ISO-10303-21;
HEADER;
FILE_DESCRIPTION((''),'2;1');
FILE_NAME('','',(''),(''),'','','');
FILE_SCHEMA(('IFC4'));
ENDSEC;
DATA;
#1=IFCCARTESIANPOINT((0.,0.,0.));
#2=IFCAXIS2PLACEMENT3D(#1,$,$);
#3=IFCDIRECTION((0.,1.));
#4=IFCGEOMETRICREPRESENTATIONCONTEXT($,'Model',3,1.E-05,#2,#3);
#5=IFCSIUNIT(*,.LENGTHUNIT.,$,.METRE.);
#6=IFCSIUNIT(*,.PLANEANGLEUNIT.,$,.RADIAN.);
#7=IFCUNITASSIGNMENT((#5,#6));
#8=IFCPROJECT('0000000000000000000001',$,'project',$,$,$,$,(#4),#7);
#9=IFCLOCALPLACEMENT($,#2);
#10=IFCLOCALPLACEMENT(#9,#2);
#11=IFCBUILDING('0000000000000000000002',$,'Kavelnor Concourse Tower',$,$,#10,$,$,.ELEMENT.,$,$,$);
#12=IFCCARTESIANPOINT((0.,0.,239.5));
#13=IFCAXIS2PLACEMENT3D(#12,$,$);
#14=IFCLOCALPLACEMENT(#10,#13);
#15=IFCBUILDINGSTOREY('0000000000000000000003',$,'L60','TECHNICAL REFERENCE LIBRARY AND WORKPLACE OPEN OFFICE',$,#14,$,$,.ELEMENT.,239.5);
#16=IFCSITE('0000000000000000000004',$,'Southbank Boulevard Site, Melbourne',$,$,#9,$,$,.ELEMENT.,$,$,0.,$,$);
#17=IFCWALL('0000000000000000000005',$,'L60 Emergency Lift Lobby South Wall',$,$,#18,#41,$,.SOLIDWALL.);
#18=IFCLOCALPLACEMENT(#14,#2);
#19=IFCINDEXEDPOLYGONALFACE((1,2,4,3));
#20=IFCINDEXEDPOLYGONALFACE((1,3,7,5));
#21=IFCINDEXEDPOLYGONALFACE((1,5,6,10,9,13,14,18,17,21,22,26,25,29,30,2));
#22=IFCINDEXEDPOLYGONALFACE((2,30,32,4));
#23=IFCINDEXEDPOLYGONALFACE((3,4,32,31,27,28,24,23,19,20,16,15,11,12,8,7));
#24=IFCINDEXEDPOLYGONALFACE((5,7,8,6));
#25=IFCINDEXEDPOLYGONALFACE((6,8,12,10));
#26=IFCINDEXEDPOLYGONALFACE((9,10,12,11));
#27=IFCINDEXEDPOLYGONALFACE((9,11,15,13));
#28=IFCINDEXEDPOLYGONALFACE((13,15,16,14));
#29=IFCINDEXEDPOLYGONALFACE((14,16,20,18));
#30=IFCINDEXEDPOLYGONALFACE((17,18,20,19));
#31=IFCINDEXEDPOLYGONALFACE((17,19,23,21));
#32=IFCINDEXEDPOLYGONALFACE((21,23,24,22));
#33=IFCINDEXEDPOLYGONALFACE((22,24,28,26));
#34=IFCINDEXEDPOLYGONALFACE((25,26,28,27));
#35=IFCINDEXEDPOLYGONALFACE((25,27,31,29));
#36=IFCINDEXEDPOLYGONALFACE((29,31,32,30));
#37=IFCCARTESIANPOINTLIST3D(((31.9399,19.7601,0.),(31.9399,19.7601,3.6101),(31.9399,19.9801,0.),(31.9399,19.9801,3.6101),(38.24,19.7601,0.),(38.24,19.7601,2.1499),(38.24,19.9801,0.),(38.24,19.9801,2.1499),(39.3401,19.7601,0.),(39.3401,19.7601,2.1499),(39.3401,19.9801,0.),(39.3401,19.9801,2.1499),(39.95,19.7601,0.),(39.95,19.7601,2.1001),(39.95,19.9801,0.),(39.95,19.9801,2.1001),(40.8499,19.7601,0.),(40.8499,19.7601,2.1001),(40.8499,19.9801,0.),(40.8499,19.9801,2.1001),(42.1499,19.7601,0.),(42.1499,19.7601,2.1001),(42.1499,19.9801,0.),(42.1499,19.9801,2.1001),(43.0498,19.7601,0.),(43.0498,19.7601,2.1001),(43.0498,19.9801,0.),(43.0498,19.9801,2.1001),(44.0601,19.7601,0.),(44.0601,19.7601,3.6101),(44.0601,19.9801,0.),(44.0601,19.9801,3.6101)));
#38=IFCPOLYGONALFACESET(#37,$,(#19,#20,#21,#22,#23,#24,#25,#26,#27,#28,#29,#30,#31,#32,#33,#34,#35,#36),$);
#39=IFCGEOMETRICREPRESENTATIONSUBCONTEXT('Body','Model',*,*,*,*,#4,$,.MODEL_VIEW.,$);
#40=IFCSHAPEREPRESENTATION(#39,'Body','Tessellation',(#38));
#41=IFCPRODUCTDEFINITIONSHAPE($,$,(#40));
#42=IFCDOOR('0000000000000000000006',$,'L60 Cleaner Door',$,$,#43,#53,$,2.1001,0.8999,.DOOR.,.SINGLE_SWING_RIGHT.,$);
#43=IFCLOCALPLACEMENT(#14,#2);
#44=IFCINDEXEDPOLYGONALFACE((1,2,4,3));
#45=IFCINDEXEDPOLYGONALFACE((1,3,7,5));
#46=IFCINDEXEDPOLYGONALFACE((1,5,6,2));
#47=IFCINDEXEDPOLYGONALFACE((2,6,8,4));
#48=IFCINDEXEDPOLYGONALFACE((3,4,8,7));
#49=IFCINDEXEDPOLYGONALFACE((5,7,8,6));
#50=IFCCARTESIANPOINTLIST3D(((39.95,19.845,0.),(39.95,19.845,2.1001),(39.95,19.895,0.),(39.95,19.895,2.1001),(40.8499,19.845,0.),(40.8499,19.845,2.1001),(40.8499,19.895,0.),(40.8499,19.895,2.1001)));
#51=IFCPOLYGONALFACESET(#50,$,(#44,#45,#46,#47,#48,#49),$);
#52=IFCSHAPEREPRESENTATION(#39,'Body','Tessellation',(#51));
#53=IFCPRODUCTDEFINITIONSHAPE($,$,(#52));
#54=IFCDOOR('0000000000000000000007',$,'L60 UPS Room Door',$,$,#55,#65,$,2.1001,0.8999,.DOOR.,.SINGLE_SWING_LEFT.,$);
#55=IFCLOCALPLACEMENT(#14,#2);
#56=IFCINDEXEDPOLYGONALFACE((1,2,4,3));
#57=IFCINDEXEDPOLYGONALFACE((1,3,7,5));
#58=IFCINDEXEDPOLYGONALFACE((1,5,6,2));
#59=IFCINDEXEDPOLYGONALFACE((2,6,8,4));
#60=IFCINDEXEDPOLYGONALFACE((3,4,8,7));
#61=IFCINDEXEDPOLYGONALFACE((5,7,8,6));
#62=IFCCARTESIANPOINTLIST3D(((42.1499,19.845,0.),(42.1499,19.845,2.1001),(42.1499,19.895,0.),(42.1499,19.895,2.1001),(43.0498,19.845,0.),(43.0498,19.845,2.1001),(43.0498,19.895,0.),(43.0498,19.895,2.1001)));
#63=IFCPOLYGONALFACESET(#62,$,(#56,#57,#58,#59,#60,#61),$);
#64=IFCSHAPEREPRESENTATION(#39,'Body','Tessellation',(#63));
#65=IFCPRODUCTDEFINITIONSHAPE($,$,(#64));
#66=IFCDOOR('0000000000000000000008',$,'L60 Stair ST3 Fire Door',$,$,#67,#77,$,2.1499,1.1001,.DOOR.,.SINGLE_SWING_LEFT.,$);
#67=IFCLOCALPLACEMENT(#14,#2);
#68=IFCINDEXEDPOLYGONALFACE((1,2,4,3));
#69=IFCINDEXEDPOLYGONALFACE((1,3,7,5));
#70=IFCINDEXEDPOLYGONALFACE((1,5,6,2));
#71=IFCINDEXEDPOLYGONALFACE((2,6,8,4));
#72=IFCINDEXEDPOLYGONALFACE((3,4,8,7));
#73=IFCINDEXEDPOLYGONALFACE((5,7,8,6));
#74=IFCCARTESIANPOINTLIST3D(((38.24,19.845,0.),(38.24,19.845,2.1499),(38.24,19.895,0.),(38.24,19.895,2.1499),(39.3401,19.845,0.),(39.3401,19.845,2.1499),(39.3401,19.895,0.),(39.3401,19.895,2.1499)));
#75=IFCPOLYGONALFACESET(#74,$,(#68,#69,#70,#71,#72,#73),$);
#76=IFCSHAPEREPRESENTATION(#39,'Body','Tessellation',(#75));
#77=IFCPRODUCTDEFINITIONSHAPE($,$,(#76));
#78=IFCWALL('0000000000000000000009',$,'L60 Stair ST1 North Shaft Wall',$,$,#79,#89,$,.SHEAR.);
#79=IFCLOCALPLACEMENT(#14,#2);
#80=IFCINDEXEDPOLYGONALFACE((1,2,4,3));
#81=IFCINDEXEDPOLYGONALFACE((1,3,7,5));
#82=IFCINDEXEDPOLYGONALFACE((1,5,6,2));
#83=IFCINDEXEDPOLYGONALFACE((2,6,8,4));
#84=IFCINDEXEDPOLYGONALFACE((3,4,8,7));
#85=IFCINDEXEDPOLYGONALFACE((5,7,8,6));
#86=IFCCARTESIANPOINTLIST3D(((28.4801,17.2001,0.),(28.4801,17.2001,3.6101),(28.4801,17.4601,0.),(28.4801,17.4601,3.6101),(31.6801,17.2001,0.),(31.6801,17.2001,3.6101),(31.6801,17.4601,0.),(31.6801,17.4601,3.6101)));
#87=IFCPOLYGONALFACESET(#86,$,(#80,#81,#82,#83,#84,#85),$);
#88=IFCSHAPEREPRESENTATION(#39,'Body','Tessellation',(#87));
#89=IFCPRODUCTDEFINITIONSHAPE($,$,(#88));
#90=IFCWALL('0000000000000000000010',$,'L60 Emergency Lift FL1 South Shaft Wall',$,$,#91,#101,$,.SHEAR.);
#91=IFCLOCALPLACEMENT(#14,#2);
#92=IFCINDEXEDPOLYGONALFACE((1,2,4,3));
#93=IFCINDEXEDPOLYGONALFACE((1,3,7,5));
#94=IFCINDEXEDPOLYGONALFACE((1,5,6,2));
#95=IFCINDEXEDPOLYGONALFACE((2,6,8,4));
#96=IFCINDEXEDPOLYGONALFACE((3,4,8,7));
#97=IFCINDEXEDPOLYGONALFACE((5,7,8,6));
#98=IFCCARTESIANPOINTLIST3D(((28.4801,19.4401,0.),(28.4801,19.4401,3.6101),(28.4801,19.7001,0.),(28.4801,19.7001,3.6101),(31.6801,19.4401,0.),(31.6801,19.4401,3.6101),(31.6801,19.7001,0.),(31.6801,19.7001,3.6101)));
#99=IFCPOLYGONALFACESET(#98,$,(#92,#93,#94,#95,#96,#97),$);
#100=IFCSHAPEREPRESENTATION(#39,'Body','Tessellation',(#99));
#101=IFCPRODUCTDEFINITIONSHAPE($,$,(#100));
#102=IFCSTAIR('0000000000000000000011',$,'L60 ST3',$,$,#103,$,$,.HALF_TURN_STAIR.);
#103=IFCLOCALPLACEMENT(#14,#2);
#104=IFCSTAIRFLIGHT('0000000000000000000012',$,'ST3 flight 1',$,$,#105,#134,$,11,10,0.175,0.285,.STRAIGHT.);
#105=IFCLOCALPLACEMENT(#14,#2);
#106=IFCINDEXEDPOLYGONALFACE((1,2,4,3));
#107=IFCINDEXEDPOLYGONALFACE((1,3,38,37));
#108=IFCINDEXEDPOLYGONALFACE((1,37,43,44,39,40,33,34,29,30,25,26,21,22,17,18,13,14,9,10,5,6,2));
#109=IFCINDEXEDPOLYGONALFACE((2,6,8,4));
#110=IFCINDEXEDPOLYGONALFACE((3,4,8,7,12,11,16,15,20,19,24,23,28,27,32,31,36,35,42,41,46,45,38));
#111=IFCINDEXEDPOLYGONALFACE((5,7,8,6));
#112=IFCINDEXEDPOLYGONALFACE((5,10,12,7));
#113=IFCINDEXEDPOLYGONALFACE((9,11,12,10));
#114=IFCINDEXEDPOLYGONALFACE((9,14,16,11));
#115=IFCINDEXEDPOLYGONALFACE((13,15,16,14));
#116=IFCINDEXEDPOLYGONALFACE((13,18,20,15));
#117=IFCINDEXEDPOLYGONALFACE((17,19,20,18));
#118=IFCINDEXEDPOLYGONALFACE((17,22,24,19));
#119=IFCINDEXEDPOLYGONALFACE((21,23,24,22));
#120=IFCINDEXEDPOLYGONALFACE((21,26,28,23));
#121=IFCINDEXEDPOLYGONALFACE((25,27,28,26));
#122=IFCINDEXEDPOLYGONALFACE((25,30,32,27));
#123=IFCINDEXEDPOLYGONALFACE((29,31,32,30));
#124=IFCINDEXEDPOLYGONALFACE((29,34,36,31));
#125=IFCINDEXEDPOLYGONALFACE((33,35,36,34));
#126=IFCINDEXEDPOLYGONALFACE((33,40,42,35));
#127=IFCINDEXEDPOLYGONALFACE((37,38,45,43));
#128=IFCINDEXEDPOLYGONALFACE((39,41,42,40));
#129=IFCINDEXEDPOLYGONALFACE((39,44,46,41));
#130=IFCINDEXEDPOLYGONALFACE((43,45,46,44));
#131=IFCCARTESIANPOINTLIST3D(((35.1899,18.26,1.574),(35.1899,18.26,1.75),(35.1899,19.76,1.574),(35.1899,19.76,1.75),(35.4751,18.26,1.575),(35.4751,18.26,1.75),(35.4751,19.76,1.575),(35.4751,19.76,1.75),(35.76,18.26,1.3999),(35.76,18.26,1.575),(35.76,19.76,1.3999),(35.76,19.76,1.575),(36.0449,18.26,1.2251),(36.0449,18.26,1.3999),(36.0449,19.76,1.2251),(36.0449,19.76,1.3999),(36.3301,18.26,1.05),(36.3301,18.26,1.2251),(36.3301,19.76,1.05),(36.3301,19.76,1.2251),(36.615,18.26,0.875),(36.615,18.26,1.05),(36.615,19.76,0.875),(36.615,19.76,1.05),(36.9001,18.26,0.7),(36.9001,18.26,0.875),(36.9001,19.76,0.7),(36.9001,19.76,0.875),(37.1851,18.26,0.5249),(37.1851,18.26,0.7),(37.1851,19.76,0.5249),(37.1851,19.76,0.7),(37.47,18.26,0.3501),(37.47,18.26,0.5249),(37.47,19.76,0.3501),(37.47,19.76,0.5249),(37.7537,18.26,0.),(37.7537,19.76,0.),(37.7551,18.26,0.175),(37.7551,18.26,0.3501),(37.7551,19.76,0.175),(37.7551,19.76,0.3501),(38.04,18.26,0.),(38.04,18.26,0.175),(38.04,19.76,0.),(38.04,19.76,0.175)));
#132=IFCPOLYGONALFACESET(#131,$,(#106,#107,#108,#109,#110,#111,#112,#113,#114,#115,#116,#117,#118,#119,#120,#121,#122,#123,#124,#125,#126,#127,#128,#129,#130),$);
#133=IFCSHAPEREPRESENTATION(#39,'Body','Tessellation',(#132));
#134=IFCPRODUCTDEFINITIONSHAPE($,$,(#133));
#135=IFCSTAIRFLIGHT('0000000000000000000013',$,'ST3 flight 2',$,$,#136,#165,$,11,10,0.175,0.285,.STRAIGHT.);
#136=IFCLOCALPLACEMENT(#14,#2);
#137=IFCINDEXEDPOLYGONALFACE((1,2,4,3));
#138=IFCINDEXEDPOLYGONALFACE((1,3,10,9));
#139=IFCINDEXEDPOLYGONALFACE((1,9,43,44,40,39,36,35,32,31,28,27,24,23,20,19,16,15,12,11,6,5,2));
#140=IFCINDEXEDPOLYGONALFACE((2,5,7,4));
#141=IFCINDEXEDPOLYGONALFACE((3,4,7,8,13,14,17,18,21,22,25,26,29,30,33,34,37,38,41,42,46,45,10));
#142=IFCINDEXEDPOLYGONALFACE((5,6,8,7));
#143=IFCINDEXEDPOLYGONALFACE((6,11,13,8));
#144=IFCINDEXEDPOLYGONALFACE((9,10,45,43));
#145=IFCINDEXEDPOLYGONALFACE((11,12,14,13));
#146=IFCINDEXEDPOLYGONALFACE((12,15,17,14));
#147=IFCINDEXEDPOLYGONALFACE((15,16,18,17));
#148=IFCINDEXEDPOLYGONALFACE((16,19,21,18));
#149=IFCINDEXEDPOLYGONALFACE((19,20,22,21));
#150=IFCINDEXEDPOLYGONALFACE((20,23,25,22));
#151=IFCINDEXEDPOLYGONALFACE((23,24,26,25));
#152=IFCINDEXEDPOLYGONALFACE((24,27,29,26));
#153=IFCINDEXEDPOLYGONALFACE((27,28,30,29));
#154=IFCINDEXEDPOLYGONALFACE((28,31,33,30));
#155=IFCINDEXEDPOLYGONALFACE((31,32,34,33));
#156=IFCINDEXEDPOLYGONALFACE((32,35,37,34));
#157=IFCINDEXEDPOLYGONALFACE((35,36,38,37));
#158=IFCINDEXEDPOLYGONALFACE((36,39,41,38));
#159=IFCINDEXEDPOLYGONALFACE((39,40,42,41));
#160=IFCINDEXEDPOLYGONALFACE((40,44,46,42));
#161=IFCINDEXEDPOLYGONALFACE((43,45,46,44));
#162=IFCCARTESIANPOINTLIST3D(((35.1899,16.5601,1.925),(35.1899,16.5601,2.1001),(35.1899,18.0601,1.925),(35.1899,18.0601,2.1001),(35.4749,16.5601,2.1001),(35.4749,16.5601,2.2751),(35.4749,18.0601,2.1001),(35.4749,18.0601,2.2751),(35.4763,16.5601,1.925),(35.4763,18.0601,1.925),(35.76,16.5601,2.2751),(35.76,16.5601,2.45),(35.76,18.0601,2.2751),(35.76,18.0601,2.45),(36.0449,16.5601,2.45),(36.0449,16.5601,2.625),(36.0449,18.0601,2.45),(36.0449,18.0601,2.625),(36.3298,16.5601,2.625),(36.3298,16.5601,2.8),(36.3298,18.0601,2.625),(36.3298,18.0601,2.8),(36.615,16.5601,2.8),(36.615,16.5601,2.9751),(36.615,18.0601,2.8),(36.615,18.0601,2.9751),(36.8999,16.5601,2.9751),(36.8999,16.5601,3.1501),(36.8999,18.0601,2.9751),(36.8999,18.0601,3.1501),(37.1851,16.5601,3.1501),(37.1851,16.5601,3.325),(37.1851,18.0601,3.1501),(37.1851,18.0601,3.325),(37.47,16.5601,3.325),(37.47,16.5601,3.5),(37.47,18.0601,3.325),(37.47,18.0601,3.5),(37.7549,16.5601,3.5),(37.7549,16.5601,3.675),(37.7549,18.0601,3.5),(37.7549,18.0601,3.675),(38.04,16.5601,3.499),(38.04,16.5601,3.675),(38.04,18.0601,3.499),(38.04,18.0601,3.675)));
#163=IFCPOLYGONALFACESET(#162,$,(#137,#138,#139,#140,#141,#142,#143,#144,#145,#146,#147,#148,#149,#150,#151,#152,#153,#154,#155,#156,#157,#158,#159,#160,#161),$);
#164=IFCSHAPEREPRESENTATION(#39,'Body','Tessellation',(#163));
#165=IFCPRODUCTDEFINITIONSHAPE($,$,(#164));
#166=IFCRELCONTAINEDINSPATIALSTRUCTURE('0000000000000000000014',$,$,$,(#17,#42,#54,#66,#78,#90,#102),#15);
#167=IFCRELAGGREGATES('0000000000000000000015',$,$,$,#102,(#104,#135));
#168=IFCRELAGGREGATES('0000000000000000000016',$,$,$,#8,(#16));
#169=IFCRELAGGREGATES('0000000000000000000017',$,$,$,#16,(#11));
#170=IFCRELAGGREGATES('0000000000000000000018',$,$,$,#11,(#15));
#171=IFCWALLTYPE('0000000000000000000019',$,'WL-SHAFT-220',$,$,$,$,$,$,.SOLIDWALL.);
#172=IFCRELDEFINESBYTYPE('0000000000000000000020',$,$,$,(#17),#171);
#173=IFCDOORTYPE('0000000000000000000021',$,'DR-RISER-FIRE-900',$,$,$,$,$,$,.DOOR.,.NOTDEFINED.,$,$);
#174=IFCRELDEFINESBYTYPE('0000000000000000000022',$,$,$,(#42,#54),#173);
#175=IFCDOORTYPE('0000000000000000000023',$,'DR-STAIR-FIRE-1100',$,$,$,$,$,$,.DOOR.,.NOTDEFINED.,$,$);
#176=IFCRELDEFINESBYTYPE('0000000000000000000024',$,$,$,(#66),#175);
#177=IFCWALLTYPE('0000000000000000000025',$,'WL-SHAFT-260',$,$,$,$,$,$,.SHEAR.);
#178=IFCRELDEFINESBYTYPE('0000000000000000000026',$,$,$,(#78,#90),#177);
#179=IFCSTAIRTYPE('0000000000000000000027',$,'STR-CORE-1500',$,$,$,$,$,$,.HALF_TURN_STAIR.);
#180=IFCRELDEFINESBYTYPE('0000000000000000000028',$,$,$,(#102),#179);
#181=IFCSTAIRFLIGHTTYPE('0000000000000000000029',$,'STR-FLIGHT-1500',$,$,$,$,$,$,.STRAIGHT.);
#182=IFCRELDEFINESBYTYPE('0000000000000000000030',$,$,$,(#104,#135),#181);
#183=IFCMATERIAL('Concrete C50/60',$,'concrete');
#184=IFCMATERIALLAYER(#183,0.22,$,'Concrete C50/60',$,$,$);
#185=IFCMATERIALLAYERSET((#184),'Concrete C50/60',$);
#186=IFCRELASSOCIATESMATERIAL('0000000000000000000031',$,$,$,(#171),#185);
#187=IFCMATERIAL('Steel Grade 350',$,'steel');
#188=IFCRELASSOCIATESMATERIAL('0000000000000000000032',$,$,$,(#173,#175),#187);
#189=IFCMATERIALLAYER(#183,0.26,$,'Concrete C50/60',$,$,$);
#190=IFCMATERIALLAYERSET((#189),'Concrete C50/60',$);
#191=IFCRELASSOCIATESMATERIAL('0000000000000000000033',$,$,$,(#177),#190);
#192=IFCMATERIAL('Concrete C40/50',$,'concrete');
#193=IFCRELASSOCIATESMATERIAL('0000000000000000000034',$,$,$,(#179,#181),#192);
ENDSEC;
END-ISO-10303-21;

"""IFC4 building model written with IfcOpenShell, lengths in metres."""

from ifc_helpers import new_model, si_unit, direction, frame, frame_2d, origin, place, context, subcontext, project, spatial, polyline, rectangle, outline, extrude, material, layer, layer_set, type_object, element, fill, aggregate, save


model = new_model("IFC4")

# Units and contexts
model_context = context("Model", 3, precision=1e-05, world=origin(), true_north=direction((0.0, 1.0)))
body_context = subcontext(model_context, "Body", "Model", "MODEL_VIEW")
ifc_project = project(units=[si_unit("LENGTHUNIT", "METRE"), si_unit("PLANEANGLEUNIT", "RADIAN")], contexts=[model_context])

# Site, building, storey
site_placement = place(None, origin())
site = spatial("IfcSite", under=ifc_project, at=site_placement, Name="Southbank Boulevard Site, Melbourne", CompositionType="ELEMENT", RefElevation=0.0)
building_placement = place(site_placement, origin())
building = spatial("IfcBuilding", under=site, at=building_placement, Name="Kavelnor Concourse Tower", CompositionType="ELEMENT")
storey_placement = place(building_placement, frame((0.0, 0.0, 239.5)))
storey = spatial("IfcBuildingStorey", under=building, at=storey_placement, Name="L60", Description="TECHNICAL REFERENCE LIBRARY AND WORKPLACE OPEN OFFICE", CompositionType="ELEMENT", Elevation=239.5)

# Shared definitions
ifc_material_1 = material(Name="Steel Grade 350", Category="steel")

# Shared definitions
ifc_material_2 = material(Name="Concrete C50/60", Category="concrete")

# Wall, openings, doors
ifc_layer_1 = layer(ifc_material_2, 0.22, Name="Concrete C50/60")
ifc_layer_set_1 = layer_set([ifc_layer_1], Name="Concrete C50/60")
wall_type_1 = type_object("IfcWallType", Name="WL-SHAFT-220", PredefinedType="SOLIDWALL", material=ifc_layer_set_1)
wall_1_placement = place(storey_placement, frame((31.9399, 19.8701, 0.0), z_axis=(0.0, 0.0, 1.0), x_axis=(1.0, 0.0, 0.0)))
wall_1 = element("IfcWall", 1, at=wall_1_placement, inside=storey, type_object=wall_type_1, Name="L60 Emergency Lift Lobby South Wall", PredefinedType="SOLIDWALL", context=body_context, shape_type="SweptSolid", body=[
    extrude(rectangle(XDim=12.1201, YDim=0.22, at=frame_2d((6.0601, 0.0))), origin(), (0.0, 0.0, 1.0), 3.6101),
])
opening_1_placement = place(wall_1_placement, frame((6.3, 0.0, 0.0)))
opening_1 = element("IfcOpeningElement", 2, at=opening_1_placement, cuts=wall_1, PredefinedType="OPENING", context=body_context, shape_type="SweptSolid", body=[
    extrude(rectangle(XDim=1.1001, YDim=2.1499, at=frame_2d((0.55, 1.075))), frame((0.0, 0.1201, 0.0), z_axis=(0.0, -1.0, 0.0), x_axis=(1.0, 0.0, 0.0)), (0.0, 0.0, 1.0), 0.24),
])
opening_2_placement = place(wall_1_placement, frame((8.01, 0.0, 0.0)))
opening_2 = element("IfcOpeningElement", 3, at=opening_2_placement, cuts=wall_1, PredefinedType="OPENING", context=body_context, shape_type="SweptSolid", body=[
    extrude(rectangle(XDim=0.8999, YDim=2.1001, at=frame_2d((0.45, 1.05))), frame((0.0, 0.1201, 0.0), z_axis=(0.0, -1.0, 0.0), x_axis=(1.0, 0.0, 0.0)), (0.0, 0.0, 1.0), 0.24),
])
opening_3_placement = place(wall_1_placement, frame((10.21, 0.0, 0.0)))
opening_3 = element("IfcOpeningElement", 4, at=opening_3_placement, cuts=wall_1, PredefinedType="OPENING", context=body_context, shape_type="SweptSolid", body=[
    extrude(rectangle(XDim=0.8999, YDim=2.1001, at=frame_2d((0.45, 1.05))), frame((0.0, 0.1201, 0.0), z_axis=(0.0, -1.0, 0.0), x_axis=(1.0, 0.0, 0.0)), (0.0, 0.0, 1.0), 0.24),
])
door_type_1 = type_object("IfcDoorType", Name="DR-RISER-FIRE-900", OperationType="NOTDEFINED", PredefinedType="DOOR", material=ifc_material_1)
door_1_placement = place(opening_2_placement, origin())
door_1 = element("IfcDoor", 5, at=door_1_placement, inside=storey, type_object=door_type_1, Name="L60 Cleaner Door", OperationType="SINGLE_SWING_RIGHT", OverallHeight=2.1001, OverallWidth=0.8999, PredefinedType="DOOR", context=body_context, shape_type="SweptSolid", body=[
    extrude(rectangle(XDim=0.8999, YDim=2.1001, at=frame_2d((0.45, 1.05))), frame((0.0, 0.0249, 0.0), z_axis=(0.0, -1.0, 0.0), x_axis=(1.0, 0.0, 0.0)), (0.0, 0.0, 1.0), 0.05),
])
fill(opening_2, door_1)
door_2_placement = place(opening_3_placement, origin())
door_2 = element("IfcDoor", 6, at=door_2_placement, inside=storey, type_object=door_type_1, Name="L60 UPS Room Door", OperationType="SINGLE_SWING_LEFT", OverallHeight=2.1001, OverallWidth=0.8999, PredefinedType="DOOR", context=body_context, shape_type="SweptSolid", body=[
    extrude(rectangle(XDim=0.8999, YDim=2.1001, at=frame_2d((0.45, 1.05))), frame((0.0, 0.0249, 0.0), z_axis=(0.0, -1.0, 0.0), x_axis=(1.0, 0.0, 0.0)), (0.0, 0.0, 1.0), 0.05),
])
fill(opening_3, door_2)
door_type_2 = type_object("IfcDoorType", Name="DR-STAIR-FIRE-1100", OperationType="NOTDEFINED", PredefinedType="DOOR", material=ifc_material_1)
door_3_placement = place(opening_1_placement, origin())
door_3 = element("IfcDoor", 7, at=door_3_placement, inside=storey, type_object=door_type_2, Name="L60 Stair ST3 Fire Door", OperationType="SINGLE_SWING_LEFT", OverallHeight=2.1499, OverallWidth=1.1001, PredefinedType="DOOR", context=body_context, shape_type="SweptSolid", body=[
    extrude(rectangle(XDim=1.1001, YDim=2.1499, at=frame_2d((0.55, 1.075))), frame((0.0, 0.0249, 0.0), z_axis=(0.0, -1.0, 0.0), x_axis=(1.0, 0.0, 0.0)), (0.0, 0.0, 1.0), 0.05),
])
fill(opening_1, door_3)

# Walls
ifc_layer_2 = layer(ifc_material_2, 0.26, Name="Concrete C50/60")
ifc_layer_set_2 = layer_set([ifc_layer_2], Name="Concrete C50/60")
wall_type_2 = type_object("IfcWallType", Name="WL-SHAFT-260", PredefinedType="SHEAR", material=ifc_layer_set_2)
for number, where, z_axis, x_axis, name in (
    (8, (28.48, 17.3301, 0.0), (0.0, 0.0, 1.0), (1.0, 0.0, 0.0), "L60 Stair ST1 North Shaft Wall"),
    (9, (28.48, 19.5701, 0.0), (0.0, 0.0, 1.0), (1.0, 0.0, 0.0), "L60 Emergency Lift FL1 South Shaft Wall"),
):
    element("IfcWall", number, at=place(storey_placement, frame(where, z_axis=z_axis, x_axis=x_axis)), inside=storey, type_object=wall_type_2, Name=name, PredefinedType="SHEAR", context=body_context, shape_type="SweptSolid", body=[
        extrude(rectangle(XDim=3.2, YDim=0.26, at=frame_2d((1.6001, 0.0))), origin(), (0.0, 0.0, 1.0), 3.6101),
    ])

# Stair, stair flights
ifc_material_3 = material(Name="Concrete C40/50", Category="concrete")
stair_type = type_object("IfcStairType", Name="STR-CORE-1500", PredefinedType="HALF_TURN_STAIR", material=ifc_material_3)
stair_placement = place(storey_placement, origin())
stair = element("IfcStair", 10, at=stair_placement, inside=storey, type_object=stair_type, Name="L60 ST3", PredefinedType="HALF_TURN_STAIR")
stair_flight_type = type_object("IfcStairFlightType", Name="STR-FLIGHT-1500", PredefinedType="STRAIGHT", material=ifc_material_3)
stair_flight_1_placement = place(storey_placement, frame((38.04, 19.01, 0.0), z_axis=(0.0, 0.0, 1.0), x_axis=(-1.0, 0.0, 0.0)))
stair_flight_1 = element("IfcStairFlight", 11, at=stair_flight_1_placement, type_object=stair_flight_type, Name="ST3 flight 1", NumberOfRisers=11, NumberOfTreads=10, PredefinedType="STRAIGHT", RiserHeight=0.175, TreadLength=0.285, context=body_context, shape_type="SweptSolid", body=[
    extrude(outline(polyline([(0.0, 0.0), (0.0, 0.175), (0.2849, 0.175), (0.2849, 0.3501), (0.5701, 0.3501), (0.5701, 0.5249), (0.855, 0.5249), (0.855, 0.7), (1.1399, 0.7), (1.1399, 0.875), (1.425, 0.875), (1.425, 1.05), (1.71, 1.05), (1.71, 1.2251), (1.9951, 1.2251), (1.9951, 1.3999), (2.28, 1.3999), (2.28, 1.575), (2.5649, 1.575), (2.5649, 1.75), (2.8501, 1.75), (2.8501, 1.925), (2.8501, 1.574), (0.2864, 0.0), (0.0, 0.0)])), frame((0.0, 0.75, 0.0), z_axis=(0.0, -1.0, 0.0), x_axis=(1.0, 0.0, 0.0)), (0.0, 0.0, 1.0), 1.5),
])
stair_flight_2_placement = place(storey_placement, frame((35.1899, 17.3101, 1.925), z_axis=(0.0, 0.0, 1.0), x_axis=(1.0, 0.0, 0.0)))
stair_flight_2 = element("IfcStairFlight", 12, at=stair_flight_2_placement, type_object=stair_flight_type, Name="ST3 flight 2", NumberOfRisers=11, NumberOfTreads=10, PredefinedType="STRAIGHT", RiserHeight=0.175, TreadLength=0.285, context=body_context, shape_type="SweptSolid", body=[
    extrude(outline(polyline([(0.0, 0.0), (0.0, 0.175), (0.2849, 0.175), (0.2849, 0.3501), (0.5701, 0.3501), (0.5701, 0.5249), (0.855, 0.5249), (0.855, 0.7), (1.1399, 0.7), (1.1399, 0.875), (1.425, 0.875), (1.425, 1.05), (1.71, 1.05), (1.71, 1.2251), (1.9951, 1.2251), (1.9951, 1.3999), (2.28, 1.3999), (2.28, 1.575), (2.5649, 1.575), (2.5649, 1.75), (2.8501, 1.75), (2.8501, 1.925), (2.8501, 1.574), (0.2864, 0.0), (0.0, 0.0)])), frame((0.0, 0.75, 0.0), z_axis=(0.0, -1.0, 0.0), x_axis=(1.0, 0.0, 0.0)), (0.0, 0.0, 1.0), 1.5),
])
aggregate(stair, [stair_flight_1, stair_flight_2])

save(model, "model.ifc")
